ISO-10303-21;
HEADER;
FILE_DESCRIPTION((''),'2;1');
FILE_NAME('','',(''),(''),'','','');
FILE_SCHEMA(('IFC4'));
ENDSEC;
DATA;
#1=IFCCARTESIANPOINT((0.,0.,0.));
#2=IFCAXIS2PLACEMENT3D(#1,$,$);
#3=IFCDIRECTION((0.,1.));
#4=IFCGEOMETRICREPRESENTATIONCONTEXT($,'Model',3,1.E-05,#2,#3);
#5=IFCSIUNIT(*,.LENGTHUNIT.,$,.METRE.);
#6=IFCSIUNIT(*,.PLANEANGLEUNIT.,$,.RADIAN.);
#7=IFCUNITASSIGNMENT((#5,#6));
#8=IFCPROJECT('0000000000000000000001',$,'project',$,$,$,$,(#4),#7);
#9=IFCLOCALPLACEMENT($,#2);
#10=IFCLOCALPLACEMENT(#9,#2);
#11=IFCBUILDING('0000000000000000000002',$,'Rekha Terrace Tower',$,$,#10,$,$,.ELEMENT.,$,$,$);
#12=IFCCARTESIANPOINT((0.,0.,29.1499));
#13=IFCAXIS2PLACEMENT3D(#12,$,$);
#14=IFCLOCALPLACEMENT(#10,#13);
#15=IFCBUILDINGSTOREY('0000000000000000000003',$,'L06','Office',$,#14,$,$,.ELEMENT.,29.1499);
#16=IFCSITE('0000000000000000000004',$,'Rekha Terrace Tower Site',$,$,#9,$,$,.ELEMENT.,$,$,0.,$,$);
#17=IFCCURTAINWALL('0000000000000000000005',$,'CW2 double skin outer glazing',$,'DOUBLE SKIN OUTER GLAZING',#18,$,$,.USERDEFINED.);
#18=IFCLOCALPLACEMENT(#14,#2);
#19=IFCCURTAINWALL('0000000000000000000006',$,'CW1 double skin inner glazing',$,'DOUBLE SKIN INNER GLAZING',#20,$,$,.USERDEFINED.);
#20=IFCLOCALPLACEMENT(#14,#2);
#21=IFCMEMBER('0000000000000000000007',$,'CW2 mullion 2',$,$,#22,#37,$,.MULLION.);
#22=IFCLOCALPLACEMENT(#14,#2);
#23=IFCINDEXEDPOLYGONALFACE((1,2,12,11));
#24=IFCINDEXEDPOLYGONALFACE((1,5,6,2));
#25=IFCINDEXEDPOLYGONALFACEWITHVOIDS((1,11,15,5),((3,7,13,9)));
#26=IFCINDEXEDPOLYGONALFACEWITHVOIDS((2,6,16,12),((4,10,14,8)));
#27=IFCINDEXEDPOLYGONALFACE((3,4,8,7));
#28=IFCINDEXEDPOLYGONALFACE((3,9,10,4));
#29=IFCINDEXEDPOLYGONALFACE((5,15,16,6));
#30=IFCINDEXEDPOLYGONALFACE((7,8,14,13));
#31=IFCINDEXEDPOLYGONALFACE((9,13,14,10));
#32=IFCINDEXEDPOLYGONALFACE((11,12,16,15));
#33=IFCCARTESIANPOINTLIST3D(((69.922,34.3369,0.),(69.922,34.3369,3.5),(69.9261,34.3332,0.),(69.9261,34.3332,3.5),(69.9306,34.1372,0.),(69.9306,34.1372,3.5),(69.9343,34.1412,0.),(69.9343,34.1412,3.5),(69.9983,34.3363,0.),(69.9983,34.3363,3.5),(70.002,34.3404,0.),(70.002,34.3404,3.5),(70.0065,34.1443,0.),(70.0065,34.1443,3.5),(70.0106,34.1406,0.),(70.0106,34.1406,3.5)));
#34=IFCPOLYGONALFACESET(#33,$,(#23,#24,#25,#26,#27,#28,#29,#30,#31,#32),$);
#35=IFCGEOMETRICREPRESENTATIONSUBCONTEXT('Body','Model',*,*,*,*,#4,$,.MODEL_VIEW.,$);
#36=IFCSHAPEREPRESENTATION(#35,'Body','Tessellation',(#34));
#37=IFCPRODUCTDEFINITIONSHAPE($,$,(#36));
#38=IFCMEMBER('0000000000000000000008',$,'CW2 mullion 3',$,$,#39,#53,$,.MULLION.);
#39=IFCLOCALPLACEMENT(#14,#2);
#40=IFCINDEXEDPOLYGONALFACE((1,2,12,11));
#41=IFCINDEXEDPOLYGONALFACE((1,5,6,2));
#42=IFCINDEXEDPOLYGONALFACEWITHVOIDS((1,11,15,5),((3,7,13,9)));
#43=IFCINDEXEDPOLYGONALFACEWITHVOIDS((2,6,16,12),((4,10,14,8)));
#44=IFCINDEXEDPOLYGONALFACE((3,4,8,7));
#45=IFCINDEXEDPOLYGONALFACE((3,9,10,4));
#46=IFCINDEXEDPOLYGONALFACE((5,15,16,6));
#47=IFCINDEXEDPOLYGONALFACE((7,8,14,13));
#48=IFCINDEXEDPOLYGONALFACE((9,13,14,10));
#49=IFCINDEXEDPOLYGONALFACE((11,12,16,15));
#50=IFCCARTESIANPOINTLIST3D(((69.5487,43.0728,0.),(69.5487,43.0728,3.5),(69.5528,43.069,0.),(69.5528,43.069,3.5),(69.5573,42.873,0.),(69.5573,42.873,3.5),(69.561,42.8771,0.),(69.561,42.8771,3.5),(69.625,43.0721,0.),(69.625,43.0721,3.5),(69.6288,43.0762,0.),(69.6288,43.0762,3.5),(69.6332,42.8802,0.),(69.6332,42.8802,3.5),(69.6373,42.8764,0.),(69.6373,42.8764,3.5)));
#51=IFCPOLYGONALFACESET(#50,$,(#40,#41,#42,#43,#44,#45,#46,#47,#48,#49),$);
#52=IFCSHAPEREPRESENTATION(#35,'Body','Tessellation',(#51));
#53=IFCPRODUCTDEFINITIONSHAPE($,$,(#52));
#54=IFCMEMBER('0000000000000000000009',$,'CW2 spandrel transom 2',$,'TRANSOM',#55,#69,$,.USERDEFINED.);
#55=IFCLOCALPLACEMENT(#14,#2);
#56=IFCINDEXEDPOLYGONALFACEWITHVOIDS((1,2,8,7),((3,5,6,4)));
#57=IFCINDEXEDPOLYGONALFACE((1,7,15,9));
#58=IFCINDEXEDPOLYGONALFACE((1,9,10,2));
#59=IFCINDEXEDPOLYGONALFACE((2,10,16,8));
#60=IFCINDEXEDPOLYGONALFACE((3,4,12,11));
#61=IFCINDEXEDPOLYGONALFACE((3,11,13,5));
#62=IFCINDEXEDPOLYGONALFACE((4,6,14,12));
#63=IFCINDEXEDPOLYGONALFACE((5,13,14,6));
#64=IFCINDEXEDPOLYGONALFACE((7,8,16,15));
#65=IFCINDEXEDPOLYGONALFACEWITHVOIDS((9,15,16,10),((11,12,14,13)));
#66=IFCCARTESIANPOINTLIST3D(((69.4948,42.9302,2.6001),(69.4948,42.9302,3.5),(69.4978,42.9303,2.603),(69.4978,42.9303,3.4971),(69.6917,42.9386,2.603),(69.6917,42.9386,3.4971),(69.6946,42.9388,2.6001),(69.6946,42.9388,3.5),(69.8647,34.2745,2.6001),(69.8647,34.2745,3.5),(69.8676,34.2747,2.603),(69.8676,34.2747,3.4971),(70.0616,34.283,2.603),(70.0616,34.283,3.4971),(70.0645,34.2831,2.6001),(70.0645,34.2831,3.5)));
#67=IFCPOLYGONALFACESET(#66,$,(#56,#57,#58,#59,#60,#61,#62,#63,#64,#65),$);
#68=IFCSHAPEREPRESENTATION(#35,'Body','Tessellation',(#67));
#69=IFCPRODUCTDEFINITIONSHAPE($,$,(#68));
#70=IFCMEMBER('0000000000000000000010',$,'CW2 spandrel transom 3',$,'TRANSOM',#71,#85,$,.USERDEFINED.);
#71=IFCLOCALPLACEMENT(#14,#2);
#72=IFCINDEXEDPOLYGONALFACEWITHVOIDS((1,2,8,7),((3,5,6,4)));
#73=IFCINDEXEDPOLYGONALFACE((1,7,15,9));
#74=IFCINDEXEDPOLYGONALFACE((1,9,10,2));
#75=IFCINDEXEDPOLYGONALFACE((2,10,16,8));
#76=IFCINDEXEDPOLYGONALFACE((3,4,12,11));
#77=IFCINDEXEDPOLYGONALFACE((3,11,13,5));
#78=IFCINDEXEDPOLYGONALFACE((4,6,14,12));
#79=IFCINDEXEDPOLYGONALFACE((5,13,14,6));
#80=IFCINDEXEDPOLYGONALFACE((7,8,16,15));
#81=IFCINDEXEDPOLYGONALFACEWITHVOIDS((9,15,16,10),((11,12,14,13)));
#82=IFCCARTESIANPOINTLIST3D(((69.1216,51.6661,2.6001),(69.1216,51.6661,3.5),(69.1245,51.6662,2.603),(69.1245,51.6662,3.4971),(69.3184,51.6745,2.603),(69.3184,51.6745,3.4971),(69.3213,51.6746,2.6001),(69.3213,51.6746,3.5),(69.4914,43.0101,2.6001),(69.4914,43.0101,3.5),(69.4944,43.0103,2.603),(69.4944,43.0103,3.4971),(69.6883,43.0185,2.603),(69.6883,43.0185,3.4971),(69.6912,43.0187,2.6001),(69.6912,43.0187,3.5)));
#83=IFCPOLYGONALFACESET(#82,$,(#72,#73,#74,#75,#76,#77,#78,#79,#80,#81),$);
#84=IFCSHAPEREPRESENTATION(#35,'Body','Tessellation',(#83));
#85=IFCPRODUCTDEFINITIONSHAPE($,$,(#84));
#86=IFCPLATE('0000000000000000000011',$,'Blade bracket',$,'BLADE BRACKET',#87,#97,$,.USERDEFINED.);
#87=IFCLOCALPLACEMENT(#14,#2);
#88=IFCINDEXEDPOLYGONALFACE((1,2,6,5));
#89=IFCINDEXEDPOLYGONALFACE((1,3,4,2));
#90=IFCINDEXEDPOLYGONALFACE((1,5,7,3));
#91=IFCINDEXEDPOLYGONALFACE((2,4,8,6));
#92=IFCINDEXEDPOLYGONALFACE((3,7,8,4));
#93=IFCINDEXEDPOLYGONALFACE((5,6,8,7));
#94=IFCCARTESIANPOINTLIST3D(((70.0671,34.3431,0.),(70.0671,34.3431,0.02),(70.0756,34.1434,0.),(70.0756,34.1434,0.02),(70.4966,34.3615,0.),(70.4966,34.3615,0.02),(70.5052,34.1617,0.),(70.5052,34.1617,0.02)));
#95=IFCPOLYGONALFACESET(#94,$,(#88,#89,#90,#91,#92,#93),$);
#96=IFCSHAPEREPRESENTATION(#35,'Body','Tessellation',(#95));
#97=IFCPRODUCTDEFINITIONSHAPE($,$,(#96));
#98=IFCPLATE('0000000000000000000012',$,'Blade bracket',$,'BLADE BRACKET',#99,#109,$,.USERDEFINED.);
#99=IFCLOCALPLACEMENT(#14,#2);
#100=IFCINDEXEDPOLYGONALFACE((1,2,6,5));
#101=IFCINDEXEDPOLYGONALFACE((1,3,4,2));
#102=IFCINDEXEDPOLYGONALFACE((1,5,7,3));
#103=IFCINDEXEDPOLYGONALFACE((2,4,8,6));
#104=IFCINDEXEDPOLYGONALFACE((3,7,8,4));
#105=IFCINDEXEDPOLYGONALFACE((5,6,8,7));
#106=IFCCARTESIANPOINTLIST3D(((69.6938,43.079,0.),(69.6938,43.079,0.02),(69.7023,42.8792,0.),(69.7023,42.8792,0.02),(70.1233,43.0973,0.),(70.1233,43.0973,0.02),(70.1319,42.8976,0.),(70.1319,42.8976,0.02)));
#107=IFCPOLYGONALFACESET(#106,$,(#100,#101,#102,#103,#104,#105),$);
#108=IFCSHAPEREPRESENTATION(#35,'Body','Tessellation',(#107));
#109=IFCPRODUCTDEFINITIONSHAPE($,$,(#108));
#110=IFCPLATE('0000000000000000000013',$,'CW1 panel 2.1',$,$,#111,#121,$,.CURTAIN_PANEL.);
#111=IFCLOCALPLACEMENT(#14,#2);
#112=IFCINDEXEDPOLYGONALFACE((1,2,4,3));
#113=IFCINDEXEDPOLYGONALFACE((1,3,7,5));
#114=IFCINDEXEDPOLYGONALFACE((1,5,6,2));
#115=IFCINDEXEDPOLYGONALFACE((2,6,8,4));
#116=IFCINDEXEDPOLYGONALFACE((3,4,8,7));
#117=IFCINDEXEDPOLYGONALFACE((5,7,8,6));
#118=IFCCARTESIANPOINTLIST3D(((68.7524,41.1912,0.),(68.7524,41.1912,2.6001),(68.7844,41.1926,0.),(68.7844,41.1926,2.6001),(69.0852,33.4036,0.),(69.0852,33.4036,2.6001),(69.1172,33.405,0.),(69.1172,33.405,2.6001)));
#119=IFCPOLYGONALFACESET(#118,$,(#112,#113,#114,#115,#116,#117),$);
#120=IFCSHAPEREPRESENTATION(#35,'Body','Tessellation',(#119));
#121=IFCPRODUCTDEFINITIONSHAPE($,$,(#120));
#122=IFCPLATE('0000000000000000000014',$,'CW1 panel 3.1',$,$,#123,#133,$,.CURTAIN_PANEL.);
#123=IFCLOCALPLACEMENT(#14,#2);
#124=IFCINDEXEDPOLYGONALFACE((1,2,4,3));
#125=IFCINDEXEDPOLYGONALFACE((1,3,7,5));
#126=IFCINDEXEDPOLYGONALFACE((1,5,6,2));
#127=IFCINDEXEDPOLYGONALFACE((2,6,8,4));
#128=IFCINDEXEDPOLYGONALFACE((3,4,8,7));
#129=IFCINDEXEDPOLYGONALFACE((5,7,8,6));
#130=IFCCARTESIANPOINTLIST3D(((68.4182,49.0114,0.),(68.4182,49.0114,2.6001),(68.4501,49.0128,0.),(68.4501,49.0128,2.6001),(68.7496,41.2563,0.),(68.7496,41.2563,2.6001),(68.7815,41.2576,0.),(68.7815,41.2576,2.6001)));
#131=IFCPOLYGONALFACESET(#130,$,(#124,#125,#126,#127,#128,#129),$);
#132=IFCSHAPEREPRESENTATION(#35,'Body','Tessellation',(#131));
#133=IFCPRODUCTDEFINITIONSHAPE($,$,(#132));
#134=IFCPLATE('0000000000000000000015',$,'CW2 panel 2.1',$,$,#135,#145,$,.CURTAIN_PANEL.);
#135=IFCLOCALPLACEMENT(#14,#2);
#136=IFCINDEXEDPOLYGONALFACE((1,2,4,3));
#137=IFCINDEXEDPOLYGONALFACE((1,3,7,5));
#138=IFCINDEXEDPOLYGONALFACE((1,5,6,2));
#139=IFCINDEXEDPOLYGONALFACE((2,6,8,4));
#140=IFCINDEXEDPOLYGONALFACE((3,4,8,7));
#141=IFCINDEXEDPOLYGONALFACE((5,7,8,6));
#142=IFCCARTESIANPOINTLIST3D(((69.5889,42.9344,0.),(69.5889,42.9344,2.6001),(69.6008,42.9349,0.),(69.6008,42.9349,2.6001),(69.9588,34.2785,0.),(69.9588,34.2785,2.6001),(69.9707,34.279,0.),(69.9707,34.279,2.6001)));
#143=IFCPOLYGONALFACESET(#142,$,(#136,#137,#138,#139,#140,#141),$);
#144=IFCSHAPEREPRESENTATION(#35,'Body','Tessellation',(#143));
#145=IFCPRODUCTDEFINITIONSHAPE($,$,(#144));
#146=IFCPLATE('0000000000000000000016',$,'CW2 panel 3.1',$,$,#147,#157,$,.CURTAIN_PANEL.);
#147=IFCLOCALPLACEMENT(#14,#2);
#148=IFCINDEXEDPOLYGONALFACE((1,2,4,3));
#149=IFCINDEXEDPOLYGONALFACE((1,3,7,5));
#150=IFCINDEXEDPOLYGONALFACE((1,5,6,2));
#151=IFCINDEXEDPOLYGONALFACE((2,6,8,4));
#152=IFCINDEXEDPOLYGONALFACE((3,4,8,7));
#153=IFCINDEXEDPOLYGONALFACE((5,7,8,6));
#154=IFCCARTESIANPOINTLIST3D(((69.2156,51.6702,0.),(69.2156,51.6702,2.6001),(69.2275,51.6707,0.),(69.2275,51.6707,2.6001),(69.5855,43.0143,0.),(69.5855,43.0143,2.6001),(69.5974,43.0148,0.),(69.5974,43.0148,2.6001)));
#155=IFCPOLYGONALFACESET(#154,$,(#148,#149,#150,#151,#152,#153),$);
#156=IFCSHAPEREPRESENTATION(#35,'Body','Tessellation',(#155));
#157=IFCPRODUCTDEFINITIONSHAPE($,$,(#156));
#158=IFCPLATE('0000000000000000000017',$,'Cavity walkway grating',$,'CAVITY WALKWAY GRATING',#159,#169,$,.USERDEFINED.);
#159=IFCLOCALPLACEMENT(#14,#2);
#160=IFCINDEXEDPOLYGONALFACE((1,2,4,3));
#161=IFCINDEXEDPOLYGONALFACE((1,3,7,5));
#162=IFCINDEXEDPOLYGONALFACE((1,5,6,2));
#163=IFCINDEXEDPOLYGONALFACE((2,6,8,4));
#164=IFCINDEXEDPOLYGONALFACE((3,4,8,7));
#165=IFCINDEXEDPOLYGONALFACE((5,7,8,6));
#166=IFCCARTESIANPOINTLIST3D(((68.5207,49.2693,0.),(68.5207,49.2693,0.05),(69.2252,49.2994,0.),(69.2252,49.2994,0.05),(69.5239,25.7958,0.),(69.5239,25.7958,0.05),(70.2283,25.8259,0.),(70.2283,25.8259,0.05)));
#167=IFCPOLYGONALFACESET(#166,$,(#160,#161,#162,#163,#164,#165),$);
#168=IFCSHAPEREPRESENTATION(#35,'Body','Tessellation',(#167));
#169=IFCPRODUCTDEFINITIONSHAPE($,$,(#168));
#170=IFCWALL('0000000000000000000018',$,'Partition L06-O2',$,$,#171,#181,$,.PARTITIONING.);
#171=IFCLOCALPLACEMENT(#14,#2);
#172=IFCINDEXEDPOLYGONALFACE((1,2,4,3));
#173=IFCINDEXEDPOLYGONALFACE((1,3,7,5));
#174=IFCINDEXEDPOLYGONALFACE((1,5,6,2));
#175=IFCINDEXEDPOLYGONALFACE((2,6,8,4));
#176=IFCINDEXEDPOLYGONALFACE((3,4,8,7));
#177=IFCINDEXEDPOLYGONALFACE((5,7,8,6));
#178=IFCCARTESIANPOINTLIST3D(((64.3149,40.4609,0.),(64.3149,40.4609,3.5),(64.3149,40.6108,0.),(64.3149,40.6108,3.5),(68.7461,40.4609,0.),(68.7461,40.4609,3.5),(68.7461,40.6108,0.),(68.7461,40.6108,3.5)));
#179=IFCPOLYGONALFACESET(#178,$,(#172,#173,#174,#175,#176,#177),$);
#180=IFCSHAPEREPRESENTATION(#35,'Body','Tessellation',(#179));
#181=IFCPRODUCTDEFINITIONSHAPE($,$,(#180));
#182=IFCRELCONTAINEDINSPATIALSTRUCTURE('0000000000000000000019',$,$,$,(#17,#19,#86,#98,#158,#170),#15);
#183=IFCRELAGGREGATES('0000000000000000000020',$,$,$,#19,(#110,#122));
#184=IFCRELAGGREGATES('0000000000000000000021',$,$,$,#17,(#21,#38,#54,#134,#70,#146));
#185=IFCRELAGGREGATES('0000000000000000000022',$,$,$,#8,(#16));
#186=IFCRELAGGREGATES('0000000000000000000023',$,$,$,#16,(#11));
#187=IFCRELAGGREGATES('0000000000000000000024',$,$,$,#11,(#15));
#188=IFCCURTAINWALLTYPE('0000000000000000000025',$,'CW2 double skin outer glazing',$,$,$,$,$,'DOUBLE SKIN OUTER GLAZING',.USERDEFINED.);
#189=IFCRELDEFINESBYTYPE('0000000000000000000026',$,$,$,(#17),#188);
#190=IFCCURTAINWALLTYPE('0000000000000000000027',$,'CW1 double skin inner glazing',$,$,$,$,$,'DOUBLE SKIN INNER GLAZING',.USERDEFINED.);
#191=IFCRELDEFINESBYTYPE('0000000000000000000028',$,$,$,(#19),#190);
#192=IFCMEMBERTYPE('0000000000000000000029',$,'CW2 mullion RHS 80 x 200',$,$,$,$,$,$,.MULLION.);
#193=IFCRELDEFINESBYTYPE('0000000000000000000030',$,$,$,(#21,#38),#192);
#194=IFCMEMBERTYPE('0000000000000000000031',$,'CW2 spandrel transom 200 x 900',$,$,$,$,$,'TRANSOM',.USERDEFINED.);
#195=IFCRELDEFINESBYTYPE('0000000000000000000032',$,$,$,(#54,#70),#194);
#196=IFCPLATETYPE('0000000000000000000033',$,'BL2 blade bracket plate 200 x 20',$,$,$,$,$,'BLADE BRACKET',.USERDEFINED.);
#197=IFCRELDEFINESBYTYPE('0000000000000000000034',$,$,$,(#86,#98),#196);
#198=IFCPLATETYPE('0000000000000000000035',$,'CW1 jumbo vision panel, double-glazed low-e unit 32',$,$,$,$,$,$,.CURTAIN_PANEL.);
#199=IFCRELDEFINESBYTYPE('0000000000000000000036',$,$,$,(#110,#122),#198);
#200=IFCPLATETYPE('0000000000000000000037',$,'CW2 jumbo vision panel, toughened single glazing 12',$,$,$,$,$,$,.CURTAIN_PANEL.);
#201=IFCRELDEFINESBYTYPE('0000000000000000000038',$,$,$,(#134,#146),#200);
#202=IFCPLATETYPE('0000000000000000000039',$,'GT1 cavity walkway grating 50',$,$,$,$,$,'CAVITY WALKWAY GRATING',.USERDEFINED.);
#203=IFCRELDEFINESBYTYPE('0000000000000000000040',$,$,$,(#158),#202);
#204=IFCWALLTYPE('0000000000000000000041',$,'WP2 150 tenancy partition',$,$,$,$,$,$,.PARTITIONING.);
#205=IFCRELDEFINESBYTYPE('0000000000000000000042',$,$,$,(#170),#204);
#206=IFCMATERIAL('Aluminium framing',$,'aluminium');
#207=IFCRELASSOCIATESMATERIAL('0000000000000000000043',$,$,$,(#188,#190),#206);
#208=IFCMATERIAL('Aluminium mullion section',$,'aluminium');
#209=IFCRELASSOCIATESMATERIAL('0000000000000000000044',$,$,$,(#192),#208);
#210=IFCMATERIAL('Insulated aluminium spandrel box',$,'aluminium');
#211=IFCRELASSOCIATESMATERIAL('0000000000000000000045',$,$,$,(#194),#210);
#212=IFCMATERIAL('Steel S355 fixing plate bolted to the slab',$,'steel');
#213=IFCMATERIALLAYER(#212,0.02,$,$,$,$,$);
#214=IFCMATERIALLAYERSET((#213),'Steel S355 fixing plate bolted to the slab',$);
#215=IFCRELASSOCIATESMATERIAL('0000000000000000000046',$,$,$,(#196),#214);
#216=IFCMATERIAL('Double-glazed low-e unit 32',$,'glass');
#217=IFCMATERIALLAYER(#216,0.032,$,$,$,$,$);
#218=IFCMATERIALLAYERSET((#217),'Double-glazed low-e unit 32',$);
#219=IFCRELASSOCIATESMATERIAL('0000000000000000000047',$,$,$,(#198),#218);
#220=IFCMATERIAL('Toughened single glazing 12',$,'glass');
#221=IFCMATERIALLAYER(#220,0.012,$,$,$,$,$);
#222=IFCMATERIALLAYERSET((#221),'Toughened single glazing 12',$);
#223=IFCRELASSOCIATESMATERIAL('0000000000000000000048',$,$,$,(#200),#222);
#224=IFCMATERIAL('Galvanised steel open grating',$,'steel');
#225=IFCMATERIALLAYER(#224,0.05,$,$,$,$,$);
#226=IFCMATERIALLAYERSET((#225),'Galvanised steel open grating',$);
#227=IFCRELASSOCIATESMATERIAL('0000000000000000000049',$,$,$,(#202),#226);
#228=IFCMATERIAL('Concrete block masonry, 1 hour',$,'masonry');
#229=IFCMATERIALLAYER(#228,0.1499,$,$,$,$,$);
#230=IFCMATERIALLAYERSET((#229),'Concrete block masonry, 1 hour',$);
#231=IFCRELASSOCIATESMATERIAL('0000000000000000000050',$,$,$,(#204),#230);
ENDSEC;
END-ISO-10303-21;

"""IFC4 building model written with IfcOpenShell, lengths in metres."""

from ifc_helpers import new_model, si_unit, direction, frame, frame_2d, origin, origin_2d, place, context, subcontext, project, spatial, rectangle, hollow_rectangle, extrude, material, layer, layer_set, material_profile, profile_set, type_object, element, aggregate, save


model = new_model("IFC4")

# Units and contexts
model_context = context("Model", 3, precision=1e-05, world=origin(), true_north=direction((0.0, 1.0)))
body_context = subcontext(model_context, "Body", "Model", "MODEL_VIEW")
ifc_project = project(units=[si_unit("LENGTHUNIT", "METRE"), si_unit("PLANEANGLEUNIT", "RADIAN")], contexts=[model_context])

# Site, building, storey
site_placement = place(None, origin())
site = spatial("IfcSite", under=ifc_project, at=site_placement, Name="Rekha Terrace Tower Site", CompositionType="ELEMENT", RefElevation=0.0)
building_placement = place(site_placement, origin())
building = spatial("IfcBuilding", under=site, at=building_placement, Name="Rekha Terrace Tower", CompositionType="ELEMENT")
storey_placement = place(building_placement, frame((0.0, 0.0, 29.1499)))
storey = spatial("IfcBuildingStorey", under=building, at=storey_placement, Name="L06", Description="Office", CompositionType="ELEMENT", Elevation=29.1499)

# Curtain walls
ifc_material_1 = material(Name="Aluminium framing", Category="aluminium")
curtain_wall_type_1 = type_object("IfcCurtainWallType", Name="CW2 double skin outer glazing", ElementType="DOUBLE SKIN OUTER GLAZING", PredefinedType="USERDEFINED", material=ifc_material_1)
curtain_wall_1_placement = place(storey_placement, origin())
curtain_wall_1 = element("IfcCurtainWall", 1, at=curtain_wall_1_placement, inside=storey, type_object=curtain_wall_type_1, Name="CW2 double skin outer glazing", ObjectType="DOUBLE SKIN OUTER GLAZING", PredefinedType="USERDEFINED")
curtain_wall_type_2 = type_object("IfcCurtainWallType", Name="CW1 double skin inner glazing", ElementType="DOUBLE SKIN INNER GLAZING", PredefinedType="USERDEFINED", material=ifc_material_1)
curtain_wall_2_placement = place(storey_placement, origin())
curtain_wall_2 = element("IfcCurtainWall", 2, at=curtain_wall_2_placement, inside=storey, type_object=curtain_wall_type_2, Name="CW1 double skin inner glazing", ObjectType="DOUBLE SKIN INNER GLAZING", PredefinedType="USERDEFINED")
ifc_material_2 = material(Name="Aluminium mullion section", Category="aluminium")
ifc_material_3 = material(Name="Insulated aluminium spandrel box", Category="aluminium")

# Members
ifc_material_profile_1 = material_profile(ifc_material_2, hollow_rectangle(XDim=0.0801, YDim=0.2, WallThickness=0.0039, at=origin_2d()), Name="AL RHS 80x200")
ifc_profile_set_1 = profile_set([ifc_material_profile_1], Name="Aluminium mullion section")
member_type_1 = type_object("IfcMemberType", Name="CW2 mullion RHS 80 x 200", PredefinedType="MULLION", material=ifc_profile_set_1)
member_1_placement = place(storey_placement, frame((69.9663, 34.2388, 0.0), z_axis=(0.0, 0.0, 1.0), x_axis=(-0.999088, -0.042696, 0.0)))
member_1 = element("IfcMember", 3, at=member_1_placement, type_object=member_type_1, Name="CW2 mullion 2", PredefinedType="MULLION", context=body_context, shape_type="SweptSolid", body=[
    extrude(hollow_rectangle(XDim=0.0801, YDim=0.2, WallThickness=0.0039, at=origin_2d()), origin(), (0.0, 0.0, 1.0), 3.5),
])
member_2_placement = place(storey_placement, frame((69.593, 42.9746, 0.0), z_axis=(0.0, 0.0, 1.0), x_axis=(-0.999088, -0.042696, 0.0)))
member_2 = element("IfcMember", 4, at=member_2_placement, type_object=member_type_1, Name="CW2 mullion 3", PredefinedType="MULLION", context=body_context, shape_type="SweptSolid", body=[
    extrude(hollow_rectangle(XDim=0.0801, YDim=0.2, WallThickness=0.0039, at=origin_2d()), origin(), (0.0, 0.0, 1.0), 3.5),
])
ifc_material_profile_2 = material_profile(ifc_material_3, hollow_rectangle(XDim=0.2, YDim=0.8999, WallThickness=0.0029, at=origin_2d()), Name="AL SPANDREL BOX 200x900")
ifc_profile_set_2 = profile_set([ifc_material_profile_2], Name="Insulated aluminium spandrel box")
member_type_2 = type_object("IfcMemberType", Name="CW2 spandrel transom 200 x 900", ElementType="TRANSOM", PredefinedType="USERDEFINED", material=ifc_profile_set_2)
member_3_placement = place(storey_placement, frame((69.9646, 34.2788, 3.05), z_axis=(-0.042692, 0.999088, 0.0), x_axis=(-0.999088, -0.042692, 0.0)))
member_3 = element("IfcMember", 5, at=member_3_placement, type_object=member_type_2, Name="CW2 spandrel transom 2", ObjectType="TRANSOM", PredefinedType="USERDEFINED", context=body_context, shape_type="SweptSolid", body=[
    extrude(hollow_rectangle(XDim=0.2, YDim=0.8999, WallThickness=0.0029, at=origin_2d()), origin(), (0.0, 0.0, 1.0), 8.6636),
])
member_4_placement = place(storey_placement, frame((69.5913, 43.0144, 3.05), z_axis=(-0.042691, 0.999088, 0.0), x_axis=(-0.999088, -0.042691, 0.0)))
member_4 = element("IfcMember", 6, at=member_4_placement, type_object=member_type_2, Name="CW2 spandrel transom 3", ObjectType="TRANSOM", PredefinedType="USERDEFINED", context=body_context, shape_type="SweptSolid", body=[
    extrude(hollow_rectangle(XDim=0.2, YDim=0.8999, WallThickness=0.0029, at=origin_2d()), origin(), (0.0, 0.0, 1.0), 8.6638),
])

# Plates
ifc_material_4 = material(Name="Steel S355 fixing plate bolted to the slab", Category="steel")
ifc_layer_1 = layer(ifc_material_4, 0.02)
ifc_layer_set_1 = layer_set([ifc_layer_1], Name="Steel S355 fixing plate bolted to the slab")
plate_type_1 = type_object("IfcPlateType", Name="BL2 blade bracket plate 200 x 20", ElementType="BLADE BRACKET", PredefinedType="USERDEFINED", material=ifc_layer_set_1)
for number, where, z_axis, x_axis, name in (
    (7, (70.2861, 34.2524, 0.0), (0.0, 0.0, 1.0), (0.999088, 0.042695, 0.0), "Blade bracket"),
    (8, (69.9128, 42.9883, 0.0), (0.0, 0.0, 1.0), (0.999088, 0.042695, 0.0), "Blade bracket"),
):
    element("IfcPlate", number, at=place(storey_placement, frame(where, z_axis=z_axis, x_axis=x_axis)), inside=storey, type_object=plate_type_1, Name=name, ObjectType="BLADE BRACKET", PredefinedType="USERDEFINED", context=body_context, shape_type="SweptSolid", body=[
        extrude(rectangle(XDim=0.4299, YDim=0.2, at=origin_2d()), origin(), (0.0, 0.0, 1.0), 0.02),
    ])

# Plates
ifc_material_5 = material(Name="Double-glazed low-e unit 32", Category="glass")
ifc_layer_2 = layer(ifc_material_5, 0.032)
ifc_layer_set_2 = layer_set([ifc_layer_2], Name="Double-glazed low-e unit 32")
plate_type_2 = type_object("IfcPlateType", Name="CW1 jumbo vision panel, double-glazed low-e unit 32", PredefinedType="CURTAIN_PANEL", material=ifc_layer_set_2)
plate_1_placement = place(storey_placement, frame((68.9348, 37.2981, 0.0), z_axis=(0.0, 0.0, 1.0), x_axis=(-0.042696, 0.999088, 0.0)))
plate_1 = element("IfcPlate", 9, at=plate_1_placement, type_object=plate_type_2, Name="CW1 panel 2.1", PredefinedType="CURTAIN_PANEL", context=body_context, shape_type="SweptSolid", body=[
    extrude(rectangle(XDim=7.7947, YDim=0.032, at=origin_2d()), origin(), (0.0, 0.0, 1.0), 2.6001),
])
plate_2_placement = place(storey_placement, frame((68.5999, 45.1345, 0.0), z_axis=(0.0, 0.0, 1.0), x_axis=(-0.042696, 0.999088, 0.0)))
plate_2 = element("IfcPlate", 10, at=plate_2_placement, type_object=plate_type_2, Name="CW1 panel 3.1", PredefinedType="CURTAIN_PANEL", context=body_context, shape_type="SweptSolid", body=[
    extrude(rectangle(XDim=7.7622, YDim=0.032, at=origin_2d()), origin(), (0.0, 0.0, 1.0), 2.6001),
])
aggregate(curtain_wall_2, [plate_1, plate_2])
ifc_material_6 = material(Name="Toughened single glazing 12", Category="glass")
ifc_layer_3 = layer(ifc_material_6, 0.012)
ifc_layer_set_3 = layer_set([ifc_layer_3], Name="Toughened single glazing 12")
plate_type_3 = type_object("IfcPlateType", Name="CW2 jumbo vision panel, toughened single glazing 12", PredefinedType="CURTAIN_PANEL", material=ifc_layer_set_3)
plate_3_placement = place(storey_placement, frame((69.7798, 38.6067, 0.0), z_axis=(0.0, 0.0, 1.0), x_axis=(-0.042696, 0.999088, 0.0)))
plate_3 = element("IfcPlate", 11, at=plate_3_placement, type_object=plate_type_3, Name="CW2 panel 2.1", PredefinedType="CURTAIN_PANEL", context=body_context, shape_type="SweptSolid", body=[
    extrude(rectangle(XDim=8.6638, YDim=0.012, at=origin_2d()), origin(), (0.0, 0.0, 1.0), 2.6001),
])
plate_4_placement = place(storey_placement, frame((69.4065, 47.3425, 0.0), z_axis=(0.0, 0.0, 1.0), x_axis=(-0.042696, 0.999088, 0.0)))
plate_4 = element("IfcPlate", 12, at=plate_4_placement, type_object=plate_type_3, Name="CW2 panel 3.1", PredefinedType="CURTAIN_PANEL", context=body_context, shape_type="SweptSolid", body=[
    extrude(rectangle(XDim=8.6638, YDim=0.012, at=origin_2d()), origin(), (0.0, 0.0, 1.0), 2.6001),
])
aggregate(curtain_wall_1, [member_1, member_2, member_3, plate_3, member_4, plate_4])
ifc_material_7 = material(Name="Galvanised steel open grating", Category="steel")
ifc_layer_4 = layer(ifc_material_7, 0.05)
ifc_layer_set_4 = layer_set([ifc_layer_4], Name="Galvanised steel open grating")
plate_type_4 = type_object("IfcPlateType", Name="GT1 cavity walkway grating 50", ElementType="CAVITY WALKWAY GRATING", PredefinedType="USERDEFINED", material=ifc_layer_set_4)
plate_5_placement = place(storey_placement, frame((69.3745, 37.5476, 0.0), z_axis=(0.0, 0.0, 1.0), x_axis=(-0.042696, 0.999088, 0.0)))
element("IfcPlate", 13, at=plate_5_placement, inside=storey, type_object=plate_type_4, Name="Cavity walkway grating", ObjectType="CAVITY WALKWAY GRATING", PredefinedType="USERDEFINED", context=body_context, shape_type="SweptSolid", body=[
    extrude(rectangle(XDim=23.4949, YDim=0.7051, at=origin_2d()), origin(), (0.0, 0.0, 1.0), 0.05),
])

# Wall
ifc_material_8 = material(Name="Concrete block masonry, 1 hour", Category="masonry")
ifc_layer_5 = layer(ifc_material_8, 0.1499)
ifc_layer_set_5 = layer_set([ifc_layer_5], Name="Concrete block masonry, 1 hour")
wall_type_1 = type_object("IfcWallType", Name="WP2 150 tenancy partition", PredefinedType="PARTITIONING", material=ifc_layer_set_5)
wall_1_placement = place(storey_placement, frame((64.3149, 40.5359, 0.0), z_axis=(0.0, 0.0, 1.0), x_axis=(1.0, 0.0, 0.0)))
element("IfcWall", 14, at=wall_1_placement, inside=storey, type_object=wall_type_1, Name="Partition L06-O2", PredefinedType="PARTITIONING", context=body_context, shape_type="SweptSolid", body=[
    extrude(rectangle(XDim=4.4312, YDim=0.1499, at=frame_2d((2.2156, 0.0))), origin(), (0.0, 0.0, 1.0), 3.5),
])

save(model, "model.ifc")
